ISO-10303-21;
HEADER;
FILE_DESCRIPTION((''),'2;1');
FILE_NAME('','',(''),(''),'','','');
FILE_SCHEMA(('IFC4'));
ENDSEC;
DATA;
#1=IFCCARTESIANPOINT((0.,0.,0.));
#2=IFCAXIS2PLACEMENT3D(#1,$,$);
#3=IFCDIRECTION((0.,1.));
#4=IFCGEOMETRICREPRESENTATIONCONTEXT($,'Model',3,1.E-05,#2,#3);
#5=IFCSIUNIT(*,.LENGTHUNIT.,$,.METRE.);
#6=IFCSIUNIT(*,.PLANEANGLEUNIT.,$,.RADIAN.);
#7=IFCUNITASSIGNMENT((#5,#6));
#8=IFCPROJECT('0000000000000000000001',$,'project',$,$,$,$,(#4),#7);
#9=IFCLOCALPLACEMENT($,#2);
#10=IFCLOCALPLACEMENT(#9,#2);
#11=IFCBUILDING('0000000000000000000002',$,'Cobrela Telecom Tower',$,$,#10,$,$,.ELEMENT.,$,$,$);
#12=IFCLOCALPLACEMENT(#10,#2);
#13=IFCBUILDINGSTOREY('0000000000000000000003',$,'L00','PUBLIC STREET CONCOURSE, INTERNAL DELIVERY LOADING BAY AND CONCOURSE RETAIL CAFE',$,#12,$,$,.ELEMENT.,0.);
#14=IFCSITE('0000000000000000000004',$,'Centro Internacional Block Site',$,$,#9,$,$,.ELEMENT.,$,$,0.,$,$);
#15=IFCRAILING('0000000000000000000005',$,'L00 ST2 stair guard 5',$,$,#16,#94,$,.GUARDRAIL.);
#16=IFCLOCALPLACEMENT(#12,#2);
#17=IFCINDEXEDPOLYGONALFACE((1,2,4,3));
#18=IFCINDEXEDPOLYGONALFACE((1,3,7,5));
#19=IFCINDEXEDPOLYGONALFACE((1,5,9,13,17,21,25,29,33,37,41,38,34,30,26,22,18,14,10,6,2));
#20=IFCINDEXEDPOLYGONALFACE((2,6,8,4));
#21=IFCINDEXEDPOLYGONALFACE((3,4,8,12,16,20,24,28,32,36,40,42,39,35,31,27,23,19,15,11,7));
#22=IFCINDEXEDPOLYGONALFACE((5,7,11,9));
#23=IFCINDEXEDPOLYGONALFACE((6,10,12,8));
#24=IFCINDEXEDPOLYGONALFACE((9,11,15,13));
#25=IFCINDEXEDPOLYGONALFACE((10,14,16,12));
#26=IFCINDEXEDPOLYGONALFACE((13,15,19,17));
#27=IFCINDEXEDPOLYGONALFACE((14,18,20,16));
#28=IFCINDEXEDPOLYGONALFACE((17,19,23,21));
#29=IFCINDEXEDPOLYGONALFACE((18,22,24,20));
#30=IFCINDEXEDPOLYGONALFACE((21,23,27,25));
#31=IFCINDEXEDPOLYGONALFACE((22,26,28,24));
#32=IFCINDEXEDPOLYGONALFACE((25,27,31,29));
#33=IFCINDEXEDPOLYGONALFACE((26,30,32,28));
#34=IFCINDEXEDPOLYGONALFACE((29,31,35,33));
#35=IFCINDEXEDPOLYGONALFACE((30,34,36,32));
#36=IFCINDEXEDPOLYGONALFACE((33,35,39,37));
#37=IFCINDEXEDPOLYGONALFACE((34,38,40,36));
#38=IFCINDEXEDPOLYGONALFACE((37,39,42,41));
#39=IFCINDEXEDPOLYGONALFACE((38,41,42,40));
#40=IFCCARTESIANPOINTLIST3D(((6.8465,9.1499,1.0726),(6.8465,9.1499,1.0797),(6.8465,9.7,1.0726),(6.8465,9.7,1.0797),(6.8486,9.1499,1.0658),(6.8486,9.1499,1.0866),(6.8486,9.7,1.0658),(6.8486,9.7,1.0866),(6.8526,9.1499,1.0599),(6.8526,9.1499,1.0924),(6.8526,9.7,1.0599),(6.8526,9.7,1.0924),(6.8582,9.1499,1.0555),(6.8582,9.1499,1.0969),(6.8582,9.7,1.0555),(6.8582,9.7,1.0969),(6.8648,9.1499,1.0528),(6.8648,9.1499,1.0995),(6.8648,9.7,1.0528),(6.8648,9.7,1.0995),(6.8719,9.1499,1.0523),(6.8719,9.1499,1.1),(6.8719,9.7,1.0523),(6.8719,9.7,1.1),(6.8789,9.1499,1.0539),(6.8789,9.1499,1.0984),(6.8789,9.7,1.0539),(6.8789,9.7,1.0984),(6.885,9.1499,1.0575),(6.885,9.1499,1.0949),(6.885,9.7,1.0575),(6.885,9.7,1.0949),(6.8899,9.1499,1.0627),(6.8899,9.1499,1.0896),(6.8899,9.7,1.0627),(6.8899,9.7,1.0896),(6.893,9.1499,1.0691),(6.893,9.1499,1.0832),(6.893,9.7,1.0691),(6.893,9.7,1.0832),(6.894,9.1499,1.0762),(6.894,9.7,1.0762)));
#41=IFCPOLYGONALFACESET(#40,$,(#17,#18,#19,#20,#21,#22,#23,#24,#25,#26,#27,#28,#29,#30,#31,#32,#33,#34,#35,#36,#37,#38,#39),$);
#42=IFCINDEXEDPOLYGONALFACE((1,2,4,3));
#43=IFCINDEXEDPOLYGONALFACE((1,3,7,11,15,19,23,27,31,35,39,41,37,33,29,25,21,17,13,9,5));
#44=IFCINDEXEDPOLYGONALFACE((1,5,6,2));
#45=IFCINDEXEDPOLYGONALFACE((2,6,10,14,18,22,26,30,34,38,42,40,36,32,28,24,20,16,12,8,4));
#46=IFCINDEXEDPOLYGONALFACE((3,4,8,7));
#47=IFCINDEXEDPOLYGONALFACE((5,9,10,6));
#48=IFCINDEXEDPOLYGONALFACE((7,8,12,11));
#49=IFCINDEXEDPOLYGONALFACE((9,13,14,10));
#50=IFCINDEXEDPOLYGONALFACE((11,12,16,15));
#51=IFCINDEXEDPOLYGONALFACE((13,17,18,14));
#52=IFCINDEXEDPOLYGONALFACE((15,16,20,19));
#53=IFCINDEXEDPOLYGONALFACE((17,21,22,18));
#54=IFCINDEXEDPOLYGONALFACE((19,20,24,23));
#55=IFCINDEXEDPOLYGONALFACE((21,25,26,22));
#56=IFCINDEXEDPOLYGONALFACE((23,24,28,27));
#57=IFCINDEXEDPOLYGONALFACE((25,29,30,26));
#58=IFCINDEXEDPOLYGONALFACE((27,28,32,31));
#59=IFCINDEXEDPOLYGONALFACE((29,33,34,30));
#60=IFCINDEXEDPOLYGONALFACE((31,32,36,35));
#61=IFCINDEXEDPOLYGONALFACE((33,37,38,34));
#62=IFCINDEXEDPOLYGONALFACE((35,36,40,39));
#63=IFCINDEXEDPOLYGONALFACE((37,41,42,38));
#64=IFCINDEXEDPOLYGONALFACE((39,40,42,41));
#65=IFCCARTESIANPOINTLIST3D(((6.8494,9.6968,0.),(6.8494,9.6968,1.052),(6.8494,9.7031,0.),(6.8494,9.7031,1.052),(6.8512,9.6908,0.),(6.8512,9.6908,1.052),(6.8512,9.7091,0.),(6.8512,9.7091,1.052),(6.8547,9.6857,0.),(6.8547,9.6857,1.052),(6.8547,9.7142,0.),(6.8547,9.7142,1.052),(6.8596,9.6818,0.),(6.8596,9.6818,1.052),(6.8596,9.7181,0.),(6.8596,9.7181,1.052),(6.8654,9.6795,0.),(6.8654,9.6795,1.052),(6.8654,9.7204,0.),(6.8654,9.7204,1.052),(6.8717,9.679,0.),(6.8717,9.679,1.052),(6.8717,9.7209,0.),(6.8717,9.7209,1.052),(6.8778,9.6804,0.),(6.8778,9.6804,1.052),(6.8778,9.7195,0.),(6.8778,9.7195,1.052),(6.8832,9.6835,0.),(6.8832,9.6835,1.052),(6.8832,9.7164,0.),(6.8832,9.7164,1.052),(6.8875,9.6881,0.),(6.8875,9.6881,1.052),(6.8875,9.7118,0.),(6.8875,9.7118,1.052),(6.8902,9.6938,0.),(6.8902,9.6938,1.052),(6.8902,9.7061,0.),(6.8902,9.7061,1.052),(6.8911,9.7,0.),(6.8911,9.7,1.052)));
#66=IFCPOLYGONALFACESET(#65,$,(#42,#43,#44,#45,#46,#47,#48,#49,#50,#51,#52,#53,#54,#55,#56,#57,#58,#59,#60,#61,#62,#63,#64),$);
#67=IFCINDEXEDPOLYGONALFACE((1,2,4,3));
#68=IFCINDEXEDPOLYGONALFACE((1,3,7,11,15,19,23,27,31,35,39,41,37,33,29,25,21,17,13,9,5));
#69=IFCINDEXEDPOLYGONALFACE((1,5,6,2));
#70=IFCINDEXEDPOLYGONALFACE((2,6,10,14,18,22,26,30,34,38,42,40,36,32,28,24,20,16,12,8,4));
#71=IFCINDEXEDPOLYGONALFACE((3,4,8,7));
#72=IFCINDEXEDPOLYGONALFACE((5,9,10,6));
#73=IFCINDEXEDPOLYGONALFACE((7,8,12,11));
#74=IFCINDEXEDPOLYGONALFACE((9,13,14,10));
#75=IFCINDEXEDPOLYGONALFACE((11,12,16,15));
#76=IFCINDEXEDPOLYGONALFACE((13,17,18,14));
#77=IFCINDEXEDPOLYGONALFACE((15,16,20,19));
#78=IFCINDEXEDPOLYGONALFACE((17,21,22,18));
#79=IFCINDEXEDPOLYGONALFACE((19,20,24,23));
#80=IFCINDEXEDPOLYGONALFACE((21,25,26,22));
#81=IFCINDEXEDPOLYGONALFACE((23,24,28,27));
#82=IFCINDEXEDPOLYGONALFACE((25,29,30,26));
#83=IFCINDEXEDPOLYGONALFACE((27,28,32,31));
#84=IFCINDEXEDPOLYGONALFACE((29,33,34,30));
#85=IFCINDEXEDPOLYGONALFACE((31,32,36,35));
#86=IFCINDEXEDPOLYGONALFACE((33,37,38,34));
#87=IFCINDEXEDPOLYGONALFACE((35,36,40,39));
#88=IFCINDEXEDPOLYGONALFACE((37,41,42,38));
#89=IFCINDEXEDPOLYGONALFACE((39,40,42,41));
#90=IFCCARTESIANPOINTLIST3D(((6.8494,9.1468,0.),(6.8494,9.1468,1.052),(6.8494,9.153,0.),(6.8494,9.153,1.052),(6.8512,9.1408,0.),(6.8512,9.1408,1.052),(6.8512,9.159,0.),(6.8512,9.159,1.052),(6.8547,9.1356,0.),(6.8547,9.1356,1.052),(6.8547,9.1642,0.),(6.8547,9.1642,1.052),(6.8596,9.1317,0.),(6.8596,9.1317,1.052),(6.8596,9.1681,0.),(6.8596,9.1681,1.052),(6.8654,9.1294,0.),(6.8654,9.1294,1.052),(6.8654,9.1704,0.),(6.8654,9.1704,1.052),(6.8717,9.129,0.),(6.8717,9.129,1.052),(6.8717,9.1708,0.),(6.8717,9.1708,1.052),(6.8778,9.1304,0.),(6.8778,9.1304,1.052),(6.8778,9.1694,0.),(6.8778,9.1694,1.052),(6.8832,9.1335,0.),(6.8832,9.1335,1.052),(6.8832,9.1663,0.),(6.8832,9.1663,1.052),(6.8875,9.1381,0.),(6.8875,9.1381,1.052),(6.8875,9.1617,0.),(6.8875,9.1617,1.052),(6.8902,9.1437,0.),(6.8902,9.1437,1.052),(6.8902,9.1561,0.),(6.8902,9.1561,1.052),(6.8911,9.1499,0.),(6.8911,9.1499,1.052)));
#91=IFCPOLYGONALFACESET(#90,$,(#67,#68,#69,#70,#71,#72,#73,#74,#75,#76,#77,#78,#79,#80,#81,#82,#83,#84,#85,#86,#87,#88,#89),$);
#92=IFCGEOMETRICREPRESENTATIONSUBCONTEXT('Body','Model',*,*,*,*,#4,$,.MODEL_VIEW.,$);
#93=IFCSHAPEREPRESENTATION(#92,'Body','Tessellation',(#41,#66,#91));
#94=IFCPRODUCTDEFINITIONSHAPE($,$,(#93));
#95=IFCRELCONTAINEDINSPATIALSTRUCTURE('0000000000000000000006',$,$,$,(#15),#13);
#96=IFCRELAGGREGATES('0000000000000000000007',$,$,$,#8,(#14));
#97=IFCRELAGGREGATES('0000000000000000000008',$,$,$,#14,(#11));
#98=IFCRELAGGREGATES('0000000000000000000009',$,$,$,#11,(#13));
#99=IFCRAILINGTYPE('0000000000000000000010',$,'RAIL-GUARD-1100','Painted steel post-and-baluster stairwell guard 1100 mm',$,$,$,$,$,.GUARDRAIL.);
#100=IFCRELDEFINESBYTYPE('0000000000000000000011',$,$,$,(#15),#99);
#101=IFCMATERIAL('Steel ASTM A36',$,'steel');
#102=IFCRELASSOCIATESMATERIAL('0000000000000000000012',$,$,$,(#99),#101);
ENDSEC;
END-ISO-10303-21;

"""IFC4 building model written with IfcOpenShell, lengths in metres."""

from ifc_helpers import new_model, si_unit, direction, frame, origin, origin_2d, place, context, subcontext, project, spatial, circle, extrude, material, type_object, element, save


model = new_model("IFC4")

# Units and contexts
model_context = context("Model", 3, precision=1e-05, world=origin(), true_north=direction((0.0, 1.0)))
body_context = subcontext(model_context, "Body", "Model", "MODEL_VIEW")
ifc_project = project(units=[si_unit("LENGTHUNIT", "METRE"), si_unit("PLANEANGLEUNIT", "RADIAN")], contexts=[model_context])

# Site, building, storey
site_placement = place(None, origin())
site = spatial("IfcSite", under=ifc_project, at=site_placement, Name="Centro Internacional Block Site", CompositionType="ELEMENT", RefElevation=0.0)
building_placement = place(site_placement, origin())
building = spatial("IfcBuilding", under=site, at=building_placement, Name="Cobrela Telecom Tower", CompositionType="ELEMENT")
storey_placement = place(building_placement, origin())
storey = spatial("IfcBuildingStorey", under=building, at=storey_placement, Name="L00", Description="PUBLIC STREET CONCOURSE, INTERNAL DELIVERY LOADING BAY AND CONCOURSE RETAIL CAFE", CompositionType="ELEMENT", Elevation=0.0)

# Shared definitions
ifc_material_1 = material(Name="Steel ASTM A36", Category="steel")

# Railing
railing_type_1 = type_object("IfcRailingType", Name="RAIL-GUARD-1100", Description="Painted steel post-and-baluster stairwell guard 1100 mm", PredefinedType="GUARDRAIL", material=ifc_material_1)
railing_1_placement = place(storey_placement, frame((6.8701, 9.7, 0.0)))
element("IfcRailing", 1, at=railing_1_placement, inside=storey, type_object=railing_type_1, Name="L00 ST2 stair guard 5", PredefinedType="GUARDRAIL", context=body_context, shape_type="SweptSolid", body=[
    extrude(circle(Radius=0.0239, at=origin_2d()), frame((0.0, 0.0, 1.0762), z_axis=(0.0, -1.0, 0.0), x_axis=(1.0, 0.0, 0.0)), (0.0, 0.0, 1.0), 0.55),
    extrude(circle(Radius=0.021, at=origin_2d()), origin(), (0.0, 0.0, 1.0), 1.052),
    extrude(circle(Radius=0.021, at=origin_2d()), frame((0.0, -0.55, 0.0)), (0.0, 0.0, 1.0), 1.052),
])

save(model, "model.ifc")
